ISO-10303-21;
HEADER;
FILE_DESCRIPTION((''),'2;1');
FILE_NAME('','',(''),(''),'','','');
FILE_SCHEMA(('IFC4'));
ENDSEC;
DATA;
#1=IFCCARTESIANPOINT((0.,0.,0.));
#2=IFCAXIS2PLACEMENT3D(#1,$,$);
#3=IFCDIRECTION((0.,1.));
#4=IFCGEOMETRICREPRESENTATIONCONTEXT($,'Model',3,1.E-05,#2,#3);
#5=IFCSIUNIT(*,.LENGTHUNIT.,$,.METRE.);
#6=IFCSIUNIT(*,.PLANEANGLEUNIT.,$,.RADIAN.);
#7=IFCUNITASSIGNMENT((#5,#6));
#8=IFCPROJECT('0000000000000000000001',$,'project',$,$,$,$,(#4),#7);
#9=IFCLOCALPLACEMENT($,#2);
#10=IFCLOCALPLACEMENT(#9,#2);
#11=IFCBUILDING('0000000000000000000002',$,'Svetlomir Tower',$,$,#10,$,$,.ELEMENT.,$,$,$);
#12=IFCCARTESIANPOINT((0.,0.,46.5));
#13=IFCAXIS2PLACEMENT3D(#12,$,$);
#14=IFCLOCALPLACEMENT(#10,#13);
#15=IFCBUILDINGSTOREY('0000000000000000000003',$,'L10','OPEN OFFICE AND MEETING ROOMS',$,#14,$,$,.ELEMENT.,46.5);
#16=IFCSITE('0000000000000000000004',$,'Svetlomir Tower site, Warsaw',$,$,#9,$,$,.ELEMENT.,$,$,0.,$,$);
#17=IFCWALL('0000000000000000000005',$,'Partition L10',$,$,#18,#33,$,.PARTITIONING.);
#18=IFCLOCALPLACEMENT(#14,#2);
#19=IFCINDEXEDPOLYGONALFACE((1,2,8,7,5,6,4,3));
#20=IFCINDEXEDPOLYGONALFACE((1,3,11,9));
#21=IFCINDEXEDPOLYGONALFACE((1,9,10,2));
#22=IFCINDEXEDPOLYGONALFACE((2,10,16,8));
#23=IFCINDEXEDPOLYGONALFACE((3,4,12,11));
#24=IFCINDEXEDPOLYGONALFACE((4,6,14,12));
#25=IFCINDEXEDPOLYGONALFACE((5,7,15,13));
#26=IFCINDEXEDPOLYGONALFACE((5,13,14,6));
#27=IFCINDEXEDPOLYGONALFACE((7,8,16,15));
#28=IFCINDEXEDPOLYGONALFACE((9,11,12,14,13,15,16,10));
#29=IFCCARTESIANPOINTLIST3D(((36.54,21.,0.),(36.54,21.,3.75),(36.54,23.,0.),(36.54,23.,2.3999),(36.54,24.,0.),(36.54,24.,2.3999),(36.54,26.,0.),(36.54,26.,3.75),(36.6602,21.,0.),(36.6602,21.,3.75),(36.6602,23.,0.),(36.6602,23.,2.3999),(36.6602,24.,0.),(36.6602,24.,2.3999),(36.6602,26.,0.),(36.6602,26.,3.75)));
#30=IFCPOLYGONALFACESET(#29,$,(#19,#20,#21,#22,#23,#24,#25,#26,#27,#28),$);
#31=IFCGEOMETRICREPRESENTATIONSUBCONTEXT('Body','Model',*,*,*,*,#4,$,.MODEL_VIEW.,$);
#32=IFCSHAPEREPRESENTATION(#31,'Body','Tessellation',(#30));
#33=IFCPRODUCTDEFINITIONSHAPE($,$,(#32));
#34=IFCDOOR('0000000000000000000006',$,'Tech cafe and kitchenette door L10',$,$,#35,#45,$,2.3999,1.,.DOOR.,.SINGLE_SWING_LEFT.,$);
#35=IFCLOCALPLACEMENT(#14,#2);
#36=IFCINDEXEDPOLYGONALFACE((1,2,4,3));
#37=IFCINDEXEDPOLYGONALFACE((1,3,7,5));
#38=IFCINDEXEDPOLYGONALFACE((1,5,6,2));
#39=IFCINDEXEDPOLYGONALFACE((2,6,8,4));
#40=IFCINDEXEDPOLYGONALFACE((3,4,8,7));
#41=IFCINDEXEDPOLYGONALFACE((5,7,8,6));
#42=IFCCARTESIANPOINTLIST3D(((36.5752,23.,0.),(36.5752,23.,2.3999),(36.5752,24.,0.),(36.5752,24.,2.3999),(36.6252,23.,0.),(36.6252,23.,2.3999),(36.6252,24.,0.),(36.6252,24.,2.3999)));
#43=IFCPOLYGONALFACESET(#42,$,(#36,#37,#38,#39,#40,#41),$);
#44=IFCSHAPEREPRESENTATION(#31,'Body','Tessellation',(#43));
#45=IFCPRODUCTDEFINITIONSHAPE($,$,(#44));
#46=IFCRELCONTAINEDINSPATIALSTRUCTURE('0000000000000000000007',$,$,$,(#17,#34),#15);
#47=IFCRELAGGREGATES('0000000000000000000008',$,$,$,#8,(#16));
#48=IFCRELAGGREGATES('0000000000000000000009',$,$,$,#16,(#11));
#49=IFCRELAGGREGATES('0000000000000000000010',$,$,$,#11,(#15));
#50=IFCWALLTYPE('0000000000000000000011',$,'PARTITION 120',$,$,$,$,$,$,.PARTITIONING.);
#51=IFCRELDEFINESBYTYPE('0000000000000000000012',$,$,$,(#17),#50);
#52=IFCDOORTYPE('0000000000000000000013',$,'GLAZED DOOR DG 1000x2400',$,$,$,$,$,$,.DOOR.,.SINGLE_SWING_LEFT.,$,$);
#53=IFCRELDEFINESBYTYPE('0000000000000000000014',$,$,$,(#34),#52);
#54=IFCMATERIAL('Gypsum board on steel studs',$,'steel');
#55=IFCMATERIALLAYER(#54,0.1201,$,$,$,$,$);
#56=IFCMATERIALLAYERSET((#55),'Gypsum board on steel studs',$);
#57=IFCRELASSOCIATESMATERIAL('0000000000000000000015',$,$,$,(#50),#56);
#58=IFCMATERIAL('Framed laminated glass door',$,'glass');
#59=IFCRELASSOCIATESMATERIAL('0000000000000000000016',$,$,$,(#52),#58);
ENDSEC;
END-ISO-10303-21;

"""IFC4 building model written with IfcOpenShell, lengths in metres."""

from ifc_helpers import new_model, si_unit, direction, frame, frame_2d, origin, place, context, subcontext, project, spatial, rectangle, extrude, material, layer, layer_set, type_object, element, fill, save


model = new_model("IFC4")

# Units and contexts
model_context = context("Model", 3, precision=1e-05, world=origin(), true_north=direction((0.0, 1.0)))
body_context = subcontext(model_context, "Body", "Model", "MODEL_VIEW")
ifc_project = project(units=[si_unit("LENGTHUNIT", "METRE"), si_unit("PLANEANGLEUNIT", "RADIAN")], contexts=[model_context])

# Site, building, storey
site_placement = place(None, origin())
site = spatial("IfcSite", under=ifc_project, at=site_placement, Name="Svetlomir Tower site, Warsaw", CompositionType="ELEMENT", RefElevation=0.0)
building_placement = place(site_placement, origin())
building = spatial("IfcBuilding", under=site, at=building_placement, Name="Svetlomir Tower", CompositionType="ELEMENT")
storey_placement = place(building_placement, frame((0.0, 0.0, 46.5)))
storey = spatial("IfcBuildingStorey", under=building, at=storey_placement, Name="L10", Description="OPEN OFFICE AND MEETING ROOMS", CompositionType="ELEMENT", Elevation=46.5)

# Shared definitions
ifc_material_1 = material(Name="Gypsum board on steel studs", Category="steel")
ifc_layer_1 = layer(ifc_material_1, 0.1201)
ifc_layer_set_1 = layer_set([ifc_layer_1], Name="Gypsum board on steel studs")
wall_type_1 = type_object("IfcWallType", Name="PARTITION 120", PredefinedType="PARTITIONING", material=ifc_layer_set_1)

# Wall, opening, door
ifc_material_2 = material(Name="Framed laminated glass door", Category="glass")
door_type_1 = type_object("IfcDoorType", Name="GLAZED DOOR DG 1000x2400", OperationType="SINGLE_SWING_LEFT", PredefinedType="DOOR", material=ifc_material_2)
wall_1_placement = place(storey_placement, frame((36.6001, 21.0, 0.0), z_axis=(0.0, 0.0, 1.0), x_axis=(0.0, 1.0, 0.0)))
wall_1 = element("IfcWall", 1, at=wall_1_placement, inside=storey, type_object=wall_type_1, Name="Partition L10", PredefinedType="PARTITIONING", context=body_context, shape_type="SweptSolid", body=[
    extrude(rectangle(XDim=5.0, YDim=0.1201, at=frame_2d((2.5, 0.0))), origin(), (0.0, 0.0, 1.0), 3.75),
])
opening_1_placement = place(wall_1_placement, frame((2.0, 0.0, 0.0)))
opening_1 = element("IfcOpeningElement", 2, at=opening_1_placement, cuts=wall_1, PredefinedType="OPENING", context=body_context, shape_type="SweptSolid", body=[
    extrude(rectangle(XDim=1.0, YDim=2.3999, at=frame_2d((0.5, 1.2))), frame((0.0, 0.0701, 0.0), z_axis=(0.0, -1.0, 0.0), x_axis=(1.0, 0.0, 0.0)), (0.0, 0.0, 1.0), 0.1401),
])
door_1_placement = place(opening_1_placement, origin())
door_1 = element("IfcDoor", 3, at=door_1_placement, inside=storey, type_object=door_type_1, Name="Tech cafe and kitchenette door L10", OperationType="SINGLE_SWING_LEFT", OverallHeight=2.3999, OverallWidth=1.0, PredefinedType="DOOR", context=body_context, shape_type="SweptSolid", body=[
    extrude(rectangle(XDim=1.0, YDim=2.3999, at=frame_2d((0.5, 1.2))), frame((0.0, 0.0249, 0.0), z_axis=(0.0, -1.0, 0.0), x_axis=(1.0, 0.0, 0.0)), (0.0, 0.0, 1.0), 0.05),
])
fill(opening_1, door_1)

save(model, "model.ifc")
